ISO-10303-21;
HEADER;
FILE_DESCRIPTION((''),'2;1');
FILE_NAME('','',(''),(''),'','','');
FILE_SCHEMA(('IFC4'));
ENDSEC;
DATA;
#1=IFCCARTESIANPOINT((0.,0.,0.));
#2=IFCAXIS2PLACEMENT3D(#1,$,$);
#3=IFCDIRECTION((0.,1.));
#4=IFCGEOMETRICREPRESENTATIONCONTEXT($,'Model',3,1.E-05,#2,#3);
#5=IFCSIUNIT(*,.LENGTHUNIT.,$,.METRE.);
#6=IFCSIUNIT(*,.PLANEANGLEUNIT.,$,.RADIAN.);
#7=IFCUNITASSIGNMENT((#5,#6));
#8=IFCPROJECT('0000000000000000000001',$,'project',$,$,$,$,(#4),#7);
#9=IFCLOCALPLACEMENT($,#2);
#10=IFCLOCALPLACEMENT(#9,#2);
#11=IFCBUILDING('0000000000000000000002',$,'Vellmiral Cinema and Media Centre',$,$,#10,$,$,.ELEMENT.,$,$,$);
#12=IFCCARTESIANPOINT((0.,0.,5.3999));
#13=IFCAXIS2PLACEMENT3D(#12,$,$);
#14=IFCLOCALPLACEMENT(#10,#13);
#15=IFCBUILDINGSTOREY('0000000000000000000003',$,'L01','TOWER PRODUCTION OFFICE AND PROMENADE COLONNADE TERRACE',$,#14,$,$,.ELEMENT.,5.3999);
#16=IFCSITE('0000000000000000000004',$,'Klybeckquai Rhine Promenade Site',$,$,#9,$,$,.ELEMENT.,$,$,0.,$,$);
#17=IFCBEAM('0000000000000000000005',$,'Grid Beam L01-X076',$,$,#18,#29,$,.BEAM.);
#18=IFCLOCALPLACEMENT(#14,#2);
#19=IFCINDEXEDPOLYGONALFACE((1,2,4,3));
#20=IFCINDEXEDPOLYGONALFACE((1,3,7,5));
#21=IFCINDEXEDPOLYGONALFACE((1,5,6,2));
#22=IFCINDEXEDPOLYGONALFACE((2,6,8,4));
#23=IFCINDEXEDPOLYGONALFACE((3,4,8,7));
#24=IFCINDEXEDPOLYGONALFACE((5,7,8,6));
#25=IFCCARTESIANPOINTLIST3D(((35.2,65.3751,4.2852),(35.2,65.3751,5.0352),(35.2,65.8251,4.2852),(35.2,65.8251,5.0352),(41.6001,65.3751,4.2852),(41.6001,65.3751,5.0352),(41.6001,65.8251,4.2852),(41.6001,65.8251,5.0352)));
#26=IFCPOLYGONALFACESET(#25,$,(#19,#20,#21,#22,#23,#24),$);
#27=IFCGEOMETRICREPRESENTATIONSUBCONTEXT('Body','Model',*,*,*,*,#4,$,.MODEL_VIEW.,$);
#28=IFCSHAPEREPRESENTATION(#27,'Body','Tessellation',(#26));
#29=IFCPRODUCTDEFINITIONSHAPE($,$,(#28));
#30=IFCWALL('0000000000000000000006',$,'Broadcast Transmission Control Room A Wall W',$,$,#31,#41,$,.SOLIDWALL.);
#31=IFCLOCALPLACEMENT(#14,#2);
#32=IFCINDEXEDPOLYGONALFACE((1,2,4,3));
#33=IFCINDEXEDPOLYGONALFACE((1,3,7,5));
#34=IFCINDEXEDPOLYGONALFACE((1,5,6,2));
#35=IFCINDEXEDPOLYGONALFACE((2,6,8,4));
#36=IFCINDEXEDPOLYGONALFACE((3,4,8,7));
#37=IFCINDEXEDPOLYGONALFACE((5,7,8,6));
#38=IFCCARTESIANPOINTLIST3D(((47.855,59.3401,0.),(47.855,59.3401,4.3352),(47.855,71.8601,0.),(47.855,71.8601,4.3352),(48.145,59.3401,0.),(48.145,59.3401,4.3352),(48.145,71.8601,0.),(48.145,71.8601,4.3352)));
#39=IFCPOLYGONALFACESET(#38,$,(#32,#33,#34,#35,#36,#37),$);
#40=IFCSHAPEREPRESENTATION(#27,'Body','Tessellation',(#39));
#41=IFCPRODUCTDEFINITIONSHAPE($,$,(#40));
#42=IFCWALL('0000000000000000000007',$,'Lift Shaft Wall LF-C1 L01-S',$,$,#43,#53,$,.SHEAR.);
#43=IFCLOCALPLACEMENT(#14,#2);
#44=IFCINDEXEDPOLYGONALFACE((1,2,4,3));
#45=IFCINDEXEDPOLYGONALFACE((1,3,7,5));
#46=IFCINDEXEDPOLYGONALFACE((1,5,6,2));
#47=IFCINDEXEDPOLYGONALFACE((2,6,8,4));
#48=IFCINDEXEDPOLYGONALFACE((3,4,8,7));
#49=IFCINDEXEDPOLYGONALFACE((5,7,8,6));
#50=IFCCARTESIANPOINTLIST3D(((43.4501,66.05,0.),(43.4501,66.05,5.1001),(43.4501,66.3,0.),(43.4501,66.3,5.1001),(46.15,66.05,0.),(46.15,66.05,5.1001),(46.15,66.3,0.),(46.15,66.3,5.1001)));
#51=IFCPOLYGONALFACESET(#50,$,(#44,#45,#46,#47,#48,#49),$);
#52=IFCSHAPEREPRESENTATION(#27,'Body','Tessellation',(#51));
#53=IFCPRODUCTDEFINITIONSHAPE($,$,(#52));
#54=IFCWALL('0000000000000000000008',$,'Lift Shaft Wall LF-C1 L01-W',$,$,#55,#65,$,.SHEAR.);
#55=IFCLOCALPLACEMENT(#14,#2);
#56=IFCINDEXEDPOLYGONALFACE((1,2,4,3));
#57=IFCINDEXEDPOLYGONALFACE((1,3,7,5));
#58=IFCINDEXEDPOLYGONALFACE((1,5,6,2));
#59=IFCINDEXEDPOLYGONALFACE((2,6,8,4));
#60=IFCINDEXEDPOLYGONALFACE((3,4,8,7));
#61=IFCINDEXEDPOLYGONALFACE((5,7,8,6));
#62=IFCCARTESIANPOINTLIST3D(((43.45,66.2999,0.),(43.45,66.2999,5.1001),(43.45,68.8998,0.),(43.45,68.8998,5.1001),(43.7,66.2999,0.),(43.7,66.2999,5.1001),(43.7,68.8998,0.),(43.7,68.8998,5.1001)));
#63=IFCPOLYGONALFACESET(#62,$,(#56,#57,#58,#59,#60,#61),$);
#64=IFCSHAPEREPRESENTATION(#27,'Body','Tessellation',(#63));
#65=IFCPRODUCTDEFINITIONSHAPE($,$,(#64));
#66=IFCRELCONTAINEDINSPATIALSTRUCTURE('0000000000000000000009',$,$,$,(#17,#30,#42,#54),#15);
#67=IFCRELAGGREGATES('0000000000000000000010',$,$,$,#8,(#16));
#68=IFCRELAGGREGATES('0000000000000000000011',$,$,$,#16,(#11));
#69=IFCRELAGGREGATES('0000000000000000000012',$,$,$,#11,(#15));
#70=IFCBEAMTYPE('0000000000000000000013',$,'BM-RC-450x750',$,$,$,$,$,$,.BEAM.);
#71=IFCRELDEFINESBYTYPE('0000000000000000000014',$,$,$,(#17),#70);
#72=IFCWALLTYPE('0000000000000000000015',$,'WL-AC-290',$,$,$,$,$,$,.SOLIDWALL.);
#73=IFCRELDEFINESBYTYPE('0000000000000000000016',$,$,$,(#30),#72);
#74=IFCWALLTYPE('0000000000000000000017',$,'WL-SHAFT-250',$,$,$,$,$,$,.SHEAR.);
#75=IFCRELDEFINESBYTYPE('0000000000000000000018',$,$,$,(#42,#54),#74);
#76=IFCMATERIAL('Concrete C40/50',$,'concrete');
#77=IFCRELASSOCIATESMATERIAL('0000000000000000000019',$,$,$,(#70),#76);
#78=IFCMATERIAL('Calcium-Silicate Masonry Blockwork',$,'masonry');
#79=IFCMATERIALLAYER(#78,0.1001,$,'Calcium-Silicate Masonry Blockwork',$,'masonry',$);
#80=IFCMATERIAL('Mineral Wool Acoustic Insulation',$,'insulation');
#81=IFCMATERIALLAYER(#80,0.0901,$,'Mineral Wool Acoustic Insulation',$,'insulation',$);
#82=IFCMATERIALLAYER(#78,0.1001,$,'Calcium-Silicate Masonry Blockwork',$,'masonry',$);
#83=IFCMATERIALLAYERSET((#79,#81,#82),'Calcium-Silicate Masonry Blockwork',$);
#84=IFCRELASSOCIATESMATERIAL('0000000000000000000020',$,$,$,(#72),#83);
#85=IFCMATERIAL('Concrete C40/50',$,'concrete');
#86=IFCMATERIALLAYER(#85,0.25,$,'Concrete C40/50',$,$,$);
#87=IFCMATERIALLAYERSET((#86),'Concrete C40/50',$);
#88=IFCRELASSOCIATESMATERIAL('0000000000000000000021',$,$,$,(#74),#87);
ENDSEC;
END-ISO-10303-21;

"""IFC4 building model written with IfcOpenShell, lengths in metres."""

from ifc_helpers import new_model, si_unit, direction, frame, frame_2d, origin, origin_2d, place, context, subcontext, project, spatial, rectangle, extrude, material, layer, layer_set, material_profile, profile_set, type_object, element, save


model = new_model("IFC4")

# Units and contexts
model_context = context("Model", 3, precision=1e-05, world=origin(), true_north=direction((0.0, 1.0)))
body_context = subcontext(model_context, "Body", "Model", "MODEL_VIEW")
ifc_project = project(units=[si_unit("LENGTHUNIT", "METRE"), si_unit("PLANEANGLEUNIT", "RADIAN")], contexts=[model_context])

# Site, building, storey
site_placement = place(None, origin())
site = spatial("IfcSite", under=ifc_project, at=site_placement, Name="Klybeckquai Rhine Promenade Site", CompositionType="ELEMENT", RefElevation=0.0)
building_placement = place(site_placement, origin())
building = spatial("IfcBuilding", under=site, at=building_placement, Name="Vellmiral Cinema and Media Centre", CompositionType="ELEMENT")
storey_placement = place(building_placement, frame((0.0, 0.0, 5.3999)))
storey = spatial("IfcBuildingStorey", under=building, at=storey_placement, Name="L01", Description="TOWER PRODUCTION OFFICE AND PROMENADE COLONNADE TERRACE", CompositionType="ELEMENT", Elevation=5.3999)

# Beam
ifc_material_1 = material(Name="Concrete C40/50", Category="concrete")
ifc_material_profile_1 = material_profile(ifc_material_1, rectangle(XDim=0.45, YDim=0.75, at=origin_2d()), Name="RC 450x750")
ifc_profile_set_1 = profile_set([ifc_material_profile_1], Name="Concrete C40/50")
beam_type_1 = type_object("IfcBeamType", Name="BM-RC-450x750", PredefinedType="BEAM", material=ifc_profile_set_1)
beam_1_placement = place(storey_placement, frame((35.2, 65.6001, 4.6602), z_axis=(1.0, 0.0, 0.0), x_axis=(0.0, 1.0, 0.0)))
element("IfcBeam", 1, at=beam_1_placement, inside=storey, type_object=beam_type_1, Name="Grid Beam L01-X076", PredefinedType="BEAM", context=body_context, shape_type="SweptSolid", body=[
    extrude(rectangle(XDim=0.45, YDim=0.75, at=origin_2d()), origin(), (0.0, 0.0, 1.0), 6.4001),
])

# Walls
ifc_material_2 = material(Name="Calcium-Silicate Masonry Blockwork", Category="masonry")
ifc_layer_1 = layer(ifc_material_2, 0.1001, Name="Calcium-Silicate Masonry Blockwork", Category="masonry")
ifc_material_3 = material(Name="Mineral Wool Acoustic Insulation", Category="insulation")
ifc_layer_2 = layer(ifc_material_3, 0.0901, Name="Mineral Wool Acoustic Insulation", Category="insulation")
ifc_layer_3 = layer(ifc_material_2, 0.1001, Name="Calcium-Silicate Masonry Blockwork", Category="masonry")
ifc_layer_set_1 = layer_set([ifc_layer_1, ifc_layer_2, ifc_layer_3], Name="Calcium-Silicate Masonry Blockwork")
wall_type_1 = type_object("IfcWallType", Name="WL-AC-290", PredefinedType="SOLIDWALL", material=ifc_layer_set_1)
wall_1_placement = place(storey_placement, frame((48.0, 59.3401, 0.0), z_axis=(0.0, 0.0, 1.0), x_axis=(0.0, 1.0, 0.0)))
element("IfcWall", 2, at=wall_1_placement, inside=storey, type_object=wall_type_1, Name="Broadcast Transmission Control Room A Wall W", PredefinedType="SOLIDWALL", context=body_context, shape_type="SweptSolid", body=[
    extrude(rectangle(XDim=12.52, YDim=0.29, at=frame_2d((6.26, 0.0))), origin(), (0.0, 0.0, 1.0), 4.3352),
])
ifc_material_4 = material(Name="Concrete C40/50", Category="concrete")
ifc_layer_4 = layer(ifc_material_4, 0.25, Name="Concrete C40/50")
ifc_layer_set_2 = layer_set([ifc_layer_4], Name="Concrete C40/50")
wall_type_2 = type_object("IfcWallType", Name="WL-SHAFT-250", PredefinedType="SHEAR", material=ifc_layer_set_2)
wall_2_placement = place(storey_placement, frame((43.45, 66.175, 0.0), z_axis=(0.0, 0.0, 1.0), x_axis=(1.0, 0.0, 0.0)))
element("IfcWall", 3, at=wall_2_placement, inside=storey, type_object=wall_type_2, Name="Lift Shaft Wall LF-C1 L01-S", PredefinedType="SHEAR", context=body_context, shape_type="SweptSolid", body=[
    extrude(rectangle(XDim=2.7, YDim=0.25, at=frame_2d((1.3501, 0.0))), origin(), (0.0, 0.0, 1.0), 5.1001),
])
wall_3_placement = place(storey_placement, frame((43.575, 66.3, 0.0), z_axis=(0.0, 0.0, 1.0), x_axis=(0.0, 1.0, 0.0)))
element("IfcWall", 4, at=wall_3_placement, inside=storey, type_object=wall_type_2, Name="Lift Shaft Wall LF-C1 L01-W", PredefinedType="SHEAR", context=body_context, shape_type="SweptSolid", body=[
    extrude(rectangle(XDim=2.5999, YDim=0.25, at=frame_2d((1.2998, 0.0))), origin(), (0.0, 0.0, 1.0), 5.1001),
])

save(model, "model.ifc")
